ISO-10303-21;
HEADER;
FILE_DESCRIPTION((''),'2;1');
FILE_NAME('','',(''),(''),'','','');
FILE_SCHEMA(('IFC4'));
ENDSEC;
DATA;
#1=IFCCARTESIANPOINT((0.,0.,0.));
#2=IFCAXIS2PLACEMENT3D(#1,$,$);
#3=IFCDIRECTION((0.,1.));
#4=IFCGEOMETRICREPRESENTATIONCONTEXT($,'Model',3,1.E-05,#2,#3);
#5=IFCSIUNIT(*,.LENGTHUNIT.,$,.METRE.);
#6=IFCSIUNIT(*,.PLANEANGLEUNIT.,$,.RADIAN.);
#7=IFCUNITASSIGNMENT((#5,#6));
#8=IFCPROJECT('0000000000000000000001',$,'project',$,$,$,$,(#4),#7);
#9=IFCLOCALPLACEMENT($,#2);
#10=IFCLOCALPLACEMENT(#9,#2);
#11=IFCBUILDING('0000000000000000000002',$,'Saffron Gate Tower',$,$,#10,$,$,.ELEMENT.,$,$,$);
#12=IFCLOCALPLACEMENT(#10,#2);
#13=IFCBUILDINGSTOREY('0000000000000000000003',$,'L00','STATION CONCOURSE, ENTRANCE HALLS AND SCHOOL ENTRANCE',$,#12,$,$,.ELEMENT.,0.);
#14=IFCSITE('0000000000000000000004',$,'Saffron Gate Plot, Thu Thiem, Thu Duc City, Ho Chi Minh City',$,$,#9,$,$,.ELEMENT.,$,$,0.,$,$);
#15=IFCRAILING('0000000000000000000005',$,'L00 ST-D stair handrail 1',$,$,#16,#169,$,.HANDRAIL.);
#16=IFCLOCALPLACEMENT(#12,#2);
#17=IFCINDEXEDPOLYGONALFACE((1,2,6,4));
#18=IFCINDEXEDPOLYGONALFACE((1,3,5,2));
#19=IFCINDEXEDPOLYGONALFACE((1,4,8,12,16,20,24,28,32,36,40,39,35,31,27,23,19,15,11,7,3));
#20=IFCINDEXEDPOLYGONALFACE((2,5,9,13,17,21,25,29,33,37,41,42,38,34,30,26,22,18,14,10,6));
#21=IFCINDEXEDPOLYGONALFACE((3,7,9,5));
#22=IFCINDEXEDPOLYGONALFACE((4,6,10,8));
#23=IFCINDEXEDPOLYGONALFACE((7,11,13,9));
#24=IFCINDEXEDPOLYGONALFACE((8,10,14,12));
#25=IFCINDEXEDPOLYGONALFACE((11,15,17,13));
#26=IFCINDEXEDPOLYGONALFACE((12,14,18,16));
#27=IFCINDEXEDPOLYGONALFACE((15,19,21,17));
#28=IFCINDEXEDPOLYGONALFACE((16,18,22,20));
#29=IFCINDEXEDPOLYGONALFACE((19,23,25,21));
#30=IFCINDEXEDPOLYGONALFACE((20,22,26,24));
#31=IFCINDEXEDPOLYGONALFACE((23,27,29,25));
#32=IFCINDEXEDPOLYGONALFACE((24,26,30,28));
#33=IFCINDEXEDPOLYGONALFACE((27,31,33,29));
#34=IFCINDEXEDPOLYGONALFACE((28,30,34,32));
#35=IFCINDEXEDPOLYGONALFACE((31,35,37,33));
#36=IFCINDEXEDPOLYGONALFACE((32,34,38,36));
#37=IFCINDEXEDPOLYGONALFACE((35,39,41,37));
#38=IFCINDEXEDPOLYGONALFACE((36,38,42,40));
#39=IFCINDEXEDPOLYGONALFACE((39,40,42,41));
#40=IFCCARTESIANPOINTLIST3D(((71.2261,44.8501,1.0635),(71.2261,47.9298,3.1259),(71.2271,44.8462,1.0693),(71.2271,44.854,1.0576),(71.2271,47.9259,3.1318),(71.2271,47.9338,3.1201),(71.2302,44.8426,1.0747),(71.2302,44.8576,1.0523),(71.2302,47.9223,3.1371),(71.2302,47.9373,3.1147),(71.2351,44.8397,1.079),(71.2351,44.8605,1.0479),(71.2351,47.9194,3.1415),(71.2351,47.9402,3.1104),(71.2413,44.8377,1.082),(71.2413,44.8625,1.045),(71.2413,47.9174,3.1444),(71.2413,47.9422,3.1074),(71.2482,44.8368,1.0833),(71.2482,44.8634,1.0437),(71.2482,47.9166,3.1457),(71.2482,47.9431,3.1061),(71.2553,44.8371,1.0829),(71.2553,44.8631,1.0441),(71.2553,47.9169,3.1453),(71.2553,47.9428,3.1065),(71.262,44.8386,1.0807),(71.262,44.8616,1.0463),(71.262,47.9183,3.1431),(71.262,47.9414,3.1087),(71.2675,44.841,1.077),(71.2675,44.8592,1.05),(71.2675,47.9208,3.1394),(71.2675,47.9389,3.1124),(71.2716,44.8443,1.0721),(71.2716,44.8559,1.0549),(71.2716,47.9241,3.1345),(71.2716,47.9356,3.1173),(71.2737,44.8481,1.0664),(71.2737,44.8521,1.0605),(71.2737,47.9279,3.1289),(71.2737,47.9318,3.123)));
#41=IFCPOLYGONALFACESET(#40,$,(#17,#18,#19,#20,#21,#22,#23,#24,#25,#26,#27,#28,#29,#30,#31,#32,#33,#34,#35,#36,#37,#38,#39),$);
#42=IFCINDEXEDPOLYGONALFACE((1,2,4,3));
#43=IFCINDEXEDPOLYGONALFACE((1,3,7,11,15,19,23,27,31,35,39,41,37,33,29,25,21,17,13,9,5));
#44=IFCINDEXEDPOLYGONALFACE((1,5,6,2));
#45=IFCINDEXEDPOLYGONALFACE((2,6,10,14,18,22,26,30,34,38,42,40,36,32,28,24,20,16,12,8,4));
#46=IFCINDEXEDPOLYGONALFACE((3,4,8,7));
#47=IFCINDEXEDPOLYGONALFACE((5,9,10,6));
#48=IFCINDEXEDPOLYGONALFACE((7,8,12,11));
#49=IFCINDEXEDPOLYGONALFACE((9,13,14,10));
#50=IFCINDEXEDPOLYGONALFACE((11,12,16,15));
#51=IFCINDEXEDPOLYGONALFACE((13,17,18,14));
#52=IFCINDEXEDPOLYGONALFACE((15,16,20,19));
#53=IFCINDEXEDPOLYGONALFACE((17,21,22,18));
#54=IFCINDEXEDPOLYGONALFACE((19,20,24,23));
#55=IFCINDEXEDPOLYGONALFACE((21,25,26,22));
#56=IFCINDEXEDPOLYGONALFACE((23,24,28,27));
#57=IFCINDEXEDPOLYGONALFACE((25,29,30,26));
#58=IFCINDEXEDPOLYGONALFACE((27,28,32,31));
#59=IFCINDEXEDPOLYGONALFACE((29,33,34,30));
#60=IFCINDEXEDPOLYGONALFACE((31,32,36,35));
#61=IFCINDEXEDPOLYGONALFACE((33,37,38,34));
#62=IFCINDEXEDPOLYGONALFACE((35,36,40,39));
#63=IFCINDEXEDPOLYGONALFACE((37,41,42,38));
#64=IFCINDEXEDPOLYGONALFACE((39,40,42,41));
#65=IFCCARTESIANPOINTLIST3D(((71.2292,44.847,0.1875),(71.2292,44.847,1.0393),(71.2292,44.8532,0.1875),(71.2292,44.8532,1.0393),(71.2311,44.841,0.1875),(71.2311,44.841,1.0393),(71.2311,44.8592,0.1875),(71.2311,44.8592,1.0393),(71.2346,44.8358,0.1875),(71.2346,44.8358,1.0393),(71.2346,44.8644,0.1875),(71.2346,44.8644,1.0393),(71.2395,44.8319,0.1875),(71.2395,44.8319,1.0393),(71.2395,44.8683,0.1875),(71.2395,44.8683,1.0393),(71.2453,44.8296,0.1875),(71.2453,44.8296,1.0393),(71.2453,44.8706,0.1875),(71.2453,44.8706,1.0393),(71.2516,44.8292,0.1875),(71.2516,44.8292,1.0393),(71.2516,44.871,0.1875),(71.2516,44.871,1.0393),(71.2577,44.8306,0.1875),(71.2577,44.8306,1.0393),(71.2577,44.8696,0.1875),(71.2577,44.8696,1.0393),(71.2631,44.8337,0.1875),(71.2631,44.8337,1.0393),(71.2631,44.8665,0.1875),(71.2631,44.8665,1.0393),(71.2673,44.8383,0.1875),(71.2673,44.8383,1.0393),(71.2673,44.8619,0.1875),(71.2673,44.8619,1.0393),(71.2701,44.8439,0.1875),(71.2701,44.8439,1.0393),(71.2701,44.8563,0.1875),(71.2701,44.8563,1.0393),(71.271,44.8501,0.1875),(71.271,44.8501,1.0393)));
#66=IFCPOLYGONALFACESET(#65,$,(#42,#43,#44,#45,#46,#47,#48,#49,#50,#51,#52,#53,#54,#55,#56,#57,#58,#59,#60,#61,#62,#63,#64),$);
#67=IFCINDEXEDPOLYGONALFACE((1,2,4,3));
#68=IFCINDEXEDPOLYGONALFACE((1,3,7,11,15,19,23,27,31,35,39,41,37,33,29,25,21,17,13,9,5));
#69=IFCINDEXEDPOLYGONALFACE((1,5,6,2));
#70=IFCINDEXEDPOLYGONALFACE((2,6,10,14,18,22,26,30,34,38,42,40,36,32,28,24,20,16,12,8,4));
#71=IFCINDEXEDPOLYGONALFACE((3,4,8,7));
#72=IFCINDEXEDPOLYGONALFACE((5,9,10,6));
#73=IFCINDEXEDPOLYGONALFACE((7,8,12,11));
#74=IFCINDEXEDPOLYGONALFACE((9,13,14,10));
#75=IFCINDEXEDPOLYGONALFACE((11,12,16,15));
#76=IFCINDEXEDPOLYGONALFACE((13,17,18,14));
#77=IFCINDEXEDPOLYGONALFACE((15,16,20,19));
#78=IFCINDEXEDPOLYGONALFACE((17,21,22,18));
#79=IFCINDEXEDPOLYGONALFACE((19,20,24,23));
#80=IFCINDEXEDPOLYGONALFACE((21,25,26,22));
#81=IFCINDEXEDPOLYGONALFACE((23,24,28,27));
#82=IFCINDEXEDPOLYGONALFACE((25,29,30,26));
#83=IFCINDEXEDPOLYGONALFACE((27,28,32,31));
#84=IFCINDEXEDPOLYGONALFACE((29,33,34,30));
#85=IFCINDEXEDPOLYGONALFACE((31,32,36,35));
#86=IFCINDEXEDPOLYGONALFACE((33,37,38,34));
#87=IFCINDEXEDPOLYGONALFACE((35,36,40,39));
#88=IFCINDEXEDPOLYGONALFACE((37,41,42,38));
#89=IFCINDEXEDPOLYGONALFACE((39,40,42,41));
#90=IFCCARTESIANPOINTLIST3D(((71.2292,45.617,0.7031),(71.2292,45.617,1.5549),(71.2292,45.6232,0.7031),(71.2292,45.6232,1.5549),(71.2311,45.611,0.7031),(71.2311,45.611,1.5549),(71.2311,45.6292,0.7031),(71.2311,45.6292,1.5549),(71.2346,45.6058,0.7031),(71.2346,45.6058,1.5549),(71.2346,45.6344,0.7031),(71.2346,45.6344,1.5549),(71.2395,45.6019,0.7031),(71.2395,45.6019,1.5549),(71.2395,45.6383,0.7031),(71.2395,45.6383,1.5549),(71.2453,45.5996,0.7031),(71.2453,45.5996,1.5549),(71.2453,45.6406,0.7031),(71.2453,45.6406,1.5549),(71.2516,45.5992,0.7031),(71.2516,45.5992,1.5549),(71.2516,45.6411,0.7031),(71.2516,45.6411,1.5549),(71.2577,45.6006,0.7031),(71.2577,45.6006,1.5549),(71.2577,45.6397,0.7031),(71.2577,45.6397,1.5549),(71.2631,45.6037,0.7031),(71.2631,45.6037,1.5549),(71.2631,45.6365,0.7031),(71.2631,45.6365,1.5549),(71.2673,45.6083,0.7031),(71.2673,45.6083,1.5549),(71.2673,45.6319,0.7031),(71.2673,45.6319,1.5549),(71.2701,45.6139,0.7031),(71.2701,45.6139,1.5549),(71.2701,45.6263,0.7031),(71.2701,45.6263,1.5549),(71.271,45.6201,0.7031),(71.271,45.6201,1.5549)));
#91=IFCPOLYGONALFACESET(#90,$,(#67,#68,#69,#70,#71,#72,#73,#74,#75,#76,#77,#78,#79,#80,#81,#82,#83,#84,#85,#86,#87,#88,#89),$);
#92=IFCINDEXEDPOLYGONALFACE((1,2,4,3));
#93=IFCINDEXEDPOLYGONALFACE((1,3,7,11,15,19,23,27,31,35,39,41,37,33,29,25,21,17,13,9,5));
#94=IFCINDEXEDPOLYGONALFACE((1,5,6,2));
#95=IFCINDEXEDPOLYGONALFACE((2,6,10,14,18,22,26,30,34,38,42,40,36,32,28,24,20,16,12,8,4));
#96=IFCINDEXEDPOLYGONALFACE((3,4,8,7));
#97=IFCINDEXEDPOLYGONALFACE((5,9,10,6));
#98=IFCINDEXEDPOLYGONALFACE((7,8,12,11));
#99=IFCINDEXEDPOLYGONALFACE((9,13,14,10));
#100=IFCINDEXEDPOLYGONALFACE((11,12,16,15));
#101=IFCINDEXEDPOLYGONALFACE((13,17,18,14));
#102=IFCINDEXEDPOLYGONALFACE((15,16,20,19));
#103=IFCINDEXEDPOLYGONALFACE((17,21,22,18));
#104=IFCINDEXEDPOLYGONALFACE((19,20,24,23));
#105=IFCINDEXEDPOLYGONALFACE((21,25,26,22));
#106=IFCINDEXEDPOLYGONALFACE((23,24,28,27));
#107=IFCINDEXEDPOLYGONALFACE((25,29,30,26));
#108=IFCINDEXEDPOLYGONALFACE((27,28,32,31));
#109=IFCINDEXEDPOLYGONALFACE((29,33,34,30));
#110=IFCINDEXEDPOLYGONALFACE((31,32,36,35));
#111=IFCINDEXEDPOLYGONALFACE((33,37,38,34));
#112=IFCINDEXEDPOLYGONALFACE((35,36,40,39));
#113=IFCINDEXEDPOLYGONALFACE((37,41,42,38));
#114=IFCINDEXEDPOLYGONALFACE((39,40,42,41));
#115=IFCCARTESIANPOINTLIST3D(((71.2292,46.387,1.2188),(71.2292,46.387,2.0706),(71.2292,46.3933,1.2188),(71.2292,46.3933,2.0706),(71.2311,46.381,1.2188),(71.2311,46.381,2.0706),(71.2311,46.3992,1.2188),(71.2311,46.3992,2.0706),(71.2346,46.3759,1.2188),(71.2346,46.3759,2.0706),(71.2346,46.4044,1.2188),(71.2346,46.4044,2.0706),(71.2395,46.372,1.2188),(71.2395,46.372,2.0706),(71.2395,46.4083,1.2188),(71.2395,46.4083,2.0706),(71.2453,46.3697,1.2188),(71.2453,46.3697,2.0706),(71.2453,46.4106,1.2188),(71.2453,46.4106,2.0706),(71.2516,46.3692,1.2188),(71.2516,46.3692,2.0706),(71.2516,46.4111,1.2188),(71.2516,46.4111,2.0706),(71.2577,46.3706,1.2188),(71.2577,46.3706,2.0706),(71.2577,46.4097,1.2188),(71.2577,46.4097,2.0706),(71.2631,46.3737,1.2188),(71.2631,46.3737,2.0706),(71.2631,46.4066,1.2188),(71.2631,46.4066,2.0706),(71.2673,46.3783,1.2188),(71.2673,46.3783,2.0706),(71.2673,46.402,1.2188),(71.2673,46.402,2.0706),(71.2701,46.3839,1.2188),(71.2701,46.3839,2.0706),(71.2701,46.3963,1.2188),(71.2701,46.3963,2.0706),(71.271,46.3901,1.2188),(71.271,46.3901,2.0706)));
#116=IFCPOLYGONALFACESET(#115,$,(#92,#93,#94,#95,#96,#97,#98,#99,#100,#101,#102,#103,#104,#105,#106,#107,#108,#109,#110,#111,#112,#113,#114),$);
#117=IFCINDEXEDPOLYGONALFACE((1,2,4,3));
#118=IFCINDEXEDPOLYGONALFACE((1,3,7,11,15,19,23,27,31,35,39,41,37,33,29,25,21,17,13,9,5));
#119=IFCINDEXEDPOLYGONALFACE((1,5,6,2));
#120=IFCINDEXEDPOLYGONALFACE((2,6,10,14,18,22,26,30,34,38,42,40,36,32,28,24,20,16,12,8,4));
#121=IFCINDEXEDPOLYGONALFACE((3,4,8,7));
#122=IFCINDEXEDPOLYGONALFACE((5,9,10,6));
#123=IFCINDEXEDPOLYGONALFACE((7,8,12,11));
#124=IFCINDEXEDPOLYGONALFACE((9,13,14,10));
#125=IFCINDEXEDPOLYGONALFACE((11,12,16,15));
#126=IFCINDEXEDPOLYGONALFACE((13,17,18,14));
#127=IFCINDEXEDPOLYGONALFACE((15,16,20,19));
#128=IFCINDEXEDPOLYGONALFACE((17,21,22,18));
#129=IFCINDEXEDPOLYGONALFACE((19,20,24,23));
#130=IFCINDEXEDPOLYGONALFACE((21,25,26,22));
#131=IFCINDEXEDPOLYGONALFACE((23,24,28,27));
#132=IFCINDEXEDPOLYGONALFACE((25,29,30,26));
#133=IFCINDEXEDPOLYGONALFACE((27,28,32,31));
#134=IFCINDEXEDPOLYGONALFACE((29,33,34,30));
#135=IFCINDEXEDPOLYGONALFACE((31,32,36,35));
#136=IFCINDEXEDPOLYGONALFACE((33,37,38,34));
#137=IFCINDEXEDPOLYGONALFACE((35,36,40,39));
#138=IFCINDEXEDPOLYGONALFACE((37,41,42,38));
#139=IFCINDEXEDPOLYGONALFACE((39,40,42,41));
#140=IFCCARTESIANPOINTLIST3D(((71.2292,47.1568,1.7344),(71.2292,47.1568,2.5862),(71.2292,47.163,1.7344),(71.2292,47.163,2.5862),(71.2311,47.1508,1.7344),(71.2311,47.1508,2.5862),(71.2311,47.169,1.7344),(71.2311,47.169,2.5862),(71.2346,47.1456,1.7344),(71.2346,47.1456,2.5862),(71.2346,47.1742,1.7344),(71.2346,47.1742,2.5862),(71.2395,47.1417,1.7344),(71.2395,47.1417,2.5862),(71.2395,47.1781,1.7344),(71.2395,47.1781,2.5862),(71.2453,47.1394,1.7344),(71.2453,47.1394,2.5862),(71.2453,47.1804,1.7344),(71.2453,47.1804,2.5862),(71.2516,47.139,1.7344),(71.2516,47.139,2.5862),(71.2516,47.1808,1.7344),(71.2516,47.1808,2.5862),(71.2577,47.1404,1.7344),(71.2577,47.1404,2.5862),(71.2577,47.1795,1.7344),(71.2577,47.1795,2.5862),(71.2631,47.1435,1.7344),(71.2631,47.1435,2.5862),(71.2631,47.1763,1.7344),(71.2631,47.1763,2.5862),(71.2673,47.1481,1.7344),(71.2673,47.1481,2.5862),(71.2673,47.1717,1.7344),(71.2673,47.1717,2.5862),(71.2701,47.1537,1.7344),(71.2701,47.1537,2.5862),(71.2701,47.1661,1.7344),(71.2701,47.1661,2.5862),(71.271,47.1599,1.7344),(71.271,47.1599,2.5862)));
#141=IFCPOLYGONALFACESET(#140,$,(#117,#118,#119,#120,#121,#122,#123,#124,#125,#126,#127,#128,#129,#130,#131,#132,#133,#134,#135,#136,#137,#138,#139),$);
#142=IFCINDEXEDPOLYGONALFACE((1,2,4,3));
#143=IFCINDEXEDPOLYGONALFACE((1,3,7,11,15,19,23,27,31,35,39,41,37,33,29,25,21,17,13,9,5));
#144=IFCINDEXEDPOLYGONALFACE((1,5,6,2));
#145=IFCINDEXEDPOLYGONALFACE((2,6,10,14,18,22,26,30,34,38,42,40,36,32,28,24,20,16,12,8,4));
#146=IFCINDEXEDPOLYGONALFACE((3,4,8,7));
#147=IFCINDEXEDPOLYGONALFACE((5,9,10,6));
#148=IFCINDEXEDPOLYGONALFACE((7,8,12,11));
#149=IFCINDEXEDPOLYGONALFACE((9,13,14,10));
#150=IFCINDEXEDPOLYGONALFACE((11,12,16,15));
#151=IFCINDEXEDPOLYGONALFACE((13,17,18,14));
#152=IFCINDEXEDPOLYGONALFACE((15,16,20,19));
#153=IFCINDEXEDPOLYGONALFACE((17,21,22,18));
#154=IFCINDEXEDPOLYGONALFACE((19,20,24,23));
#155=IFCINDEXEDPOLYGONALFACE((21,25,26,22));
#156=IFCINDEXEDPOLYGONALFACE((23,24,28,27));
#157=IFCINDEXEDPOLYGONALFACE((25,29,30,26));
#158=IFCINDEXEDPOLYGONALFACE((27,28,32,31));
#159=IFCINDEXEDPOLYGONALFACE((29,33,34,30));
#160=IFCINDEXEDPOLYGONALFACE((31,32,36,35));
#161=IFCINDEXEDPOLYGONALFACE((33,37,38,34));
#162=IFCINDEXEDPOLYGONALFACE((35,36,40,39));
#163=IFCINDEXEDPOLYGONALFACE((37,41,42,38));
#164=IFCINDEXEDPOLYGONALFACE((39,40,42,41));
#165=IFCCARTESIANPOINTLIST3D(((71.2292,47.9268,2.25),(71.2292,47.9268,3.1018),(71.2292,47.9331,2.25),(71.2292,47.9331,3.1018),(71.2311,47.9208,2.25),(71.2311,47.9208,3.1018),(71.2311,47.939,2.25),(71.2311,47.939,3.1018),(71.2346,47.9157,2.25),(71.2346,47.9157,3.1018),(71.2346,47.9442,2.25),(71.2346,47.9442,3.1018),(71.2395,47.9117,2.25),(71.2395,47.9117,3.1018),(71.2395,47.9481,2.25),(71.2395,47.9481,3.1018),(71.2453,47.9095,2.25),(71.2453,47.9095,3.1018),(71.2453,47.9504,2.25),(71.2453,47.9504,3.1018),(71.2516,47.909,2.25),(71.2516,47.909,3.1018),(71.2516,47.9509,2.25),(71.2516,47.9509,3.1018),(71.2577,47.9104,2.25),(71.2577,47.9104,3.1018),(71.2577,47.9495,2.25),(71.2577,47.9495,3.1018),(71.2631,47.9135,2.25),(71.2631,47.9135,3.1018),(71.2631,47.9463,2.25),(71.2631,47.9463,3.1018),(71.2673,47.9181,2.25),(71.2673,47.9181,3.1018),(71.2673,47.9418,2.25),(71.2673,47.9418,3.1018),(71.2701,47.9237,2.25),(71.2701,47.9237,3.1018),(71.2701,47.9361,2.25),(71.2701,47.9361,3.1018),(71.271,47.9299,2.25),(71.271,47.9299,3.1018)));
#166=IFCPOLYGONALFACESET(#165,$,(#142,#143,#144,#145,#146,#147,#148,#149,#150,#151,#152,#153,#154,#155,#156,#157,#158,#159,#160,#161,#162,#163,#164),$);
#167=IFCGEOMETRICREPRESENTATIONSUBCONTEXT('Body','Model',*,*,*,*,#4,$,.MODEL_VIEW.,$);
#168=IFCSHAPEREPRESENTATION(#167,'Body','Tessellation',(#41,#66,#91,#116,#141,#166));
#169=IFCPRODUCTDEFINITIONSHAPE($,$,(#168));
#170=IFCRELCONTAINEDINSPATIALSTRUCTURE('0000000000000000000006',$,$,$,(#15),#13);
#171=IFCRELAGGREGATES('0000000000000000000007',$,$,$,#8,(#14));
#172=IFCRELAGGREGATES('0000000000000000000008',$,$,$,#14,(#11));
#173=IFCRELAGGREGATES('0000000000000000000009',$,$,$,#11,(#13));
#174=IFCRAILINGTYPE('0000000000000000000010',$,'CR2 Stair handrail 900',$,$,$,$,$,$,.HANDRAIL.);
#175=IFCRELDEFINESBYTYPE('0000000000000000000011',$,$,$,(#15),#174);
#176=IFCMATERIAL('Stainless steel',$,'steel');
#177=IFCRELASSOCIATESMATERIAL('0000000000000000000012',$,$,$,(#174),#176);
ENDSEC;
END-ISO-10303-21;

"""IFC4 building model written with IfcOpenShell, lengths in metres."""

from ifc_helpers import new_model, si_unit, direction, frame, origin, origin_2d, place, context, subcontext, project, spatial, circle, extrude, material, type_object, element, save


model = new_model("IFC4")

# Units and contexts
model_context = context("Model", 3, precision=1e-05, world=origin(), true_north=direction((0.0, 1.0)))
body_context = subcontext(model_context, "Body", "Model", "MODEL_VIEW")
ifc_project = project(units=[si_unit("LENGTHUNIT", "METRE"), si_unit("PLANEANGLEUNIT", "RADIAN")], contexts=[model_context])

# Site, building, storey
site_placement = place(None, origin())
site = spatial("IfcSite", under=ifc_project, at=site_placement, Name="Saffron Gate Plot, Thu Thiem, Thu Duc City, Ho Chi Minh City", CompositionType="ELEMENT", RefElevation=0.0)
building_placement = place(site_placement, origin())
building = spatial("IfcBuilding", under=site, at=building_placement, Name="Saffron Gate Tower", CompositionType="ELEMENT")
storey_placement = place(building_placement, origin())
storey = spatial("IfcBuildingStorey", under=building, at=storey_placement, Name="L00", Description="STATION CONCOURSE, ENTRANCE HALLS AND SCHOOL ENTRANCE", CompositionType="ELEMENT", Elevation=0.0)

# Railing
ifc_material_1 = material(Name="Stainless steel", Category="steel")
railing_type_1 = type_object("IfcRailingType", Name="CR2 Stair handrail 900", PredefinedType="HANDRAIL", material=ifc_material_1)
railing_1_placement = place(storey_placement, frame((71.25, 44.8501, 0.1875)))
element("IfcRailing", 1, at=railing_1_placement, inside=storey, type_object=railing_type_1, Name="L00 ST-D stair handrail 1", PredefinedType="HANDRAIL", context=body_context, shape_type="SweptSolid", body=[
    extrude(circle(Radius=0.0239, at=origin_2d()), frame((0.0, 0.0, 0.876), z_axis=(0.0, 0.830893, 0.556432), x_axis=(-1.0, 0.0, 0.0)), (0.0, 0.0, 1.0), 3.7065),
    extrude(circle(Radius=0.021, at=origin_2d()), origin(), (0.0, 0.0, 1.0), 0.8518),
    extrude(circle(Radius=0.021, at=origin_2d()), frame((0.0, 0.77, 0.5156)), (0.0, 0.0, 1.0), 0.8518),
    extrude(circle(Radius=0.021, at=origin_2d()), frame((0.0, 1.54, 1.0312)), (0.0, 0.0, 1.0), 0.8518),
    extrude(circle(Radius=0.021, at=origin_2d()), frame((0.0, 2.3098, 1.5469)), (0.0, 0.0, 1.0), 0.8518),
    extrude(circle(Radius=0.021, at=origin_2d()), frame((0.0, 3.0798, 2.0625)), (0.0, 0.0, 1.0), 0.8518),
])

save(model, "model.ifc")
